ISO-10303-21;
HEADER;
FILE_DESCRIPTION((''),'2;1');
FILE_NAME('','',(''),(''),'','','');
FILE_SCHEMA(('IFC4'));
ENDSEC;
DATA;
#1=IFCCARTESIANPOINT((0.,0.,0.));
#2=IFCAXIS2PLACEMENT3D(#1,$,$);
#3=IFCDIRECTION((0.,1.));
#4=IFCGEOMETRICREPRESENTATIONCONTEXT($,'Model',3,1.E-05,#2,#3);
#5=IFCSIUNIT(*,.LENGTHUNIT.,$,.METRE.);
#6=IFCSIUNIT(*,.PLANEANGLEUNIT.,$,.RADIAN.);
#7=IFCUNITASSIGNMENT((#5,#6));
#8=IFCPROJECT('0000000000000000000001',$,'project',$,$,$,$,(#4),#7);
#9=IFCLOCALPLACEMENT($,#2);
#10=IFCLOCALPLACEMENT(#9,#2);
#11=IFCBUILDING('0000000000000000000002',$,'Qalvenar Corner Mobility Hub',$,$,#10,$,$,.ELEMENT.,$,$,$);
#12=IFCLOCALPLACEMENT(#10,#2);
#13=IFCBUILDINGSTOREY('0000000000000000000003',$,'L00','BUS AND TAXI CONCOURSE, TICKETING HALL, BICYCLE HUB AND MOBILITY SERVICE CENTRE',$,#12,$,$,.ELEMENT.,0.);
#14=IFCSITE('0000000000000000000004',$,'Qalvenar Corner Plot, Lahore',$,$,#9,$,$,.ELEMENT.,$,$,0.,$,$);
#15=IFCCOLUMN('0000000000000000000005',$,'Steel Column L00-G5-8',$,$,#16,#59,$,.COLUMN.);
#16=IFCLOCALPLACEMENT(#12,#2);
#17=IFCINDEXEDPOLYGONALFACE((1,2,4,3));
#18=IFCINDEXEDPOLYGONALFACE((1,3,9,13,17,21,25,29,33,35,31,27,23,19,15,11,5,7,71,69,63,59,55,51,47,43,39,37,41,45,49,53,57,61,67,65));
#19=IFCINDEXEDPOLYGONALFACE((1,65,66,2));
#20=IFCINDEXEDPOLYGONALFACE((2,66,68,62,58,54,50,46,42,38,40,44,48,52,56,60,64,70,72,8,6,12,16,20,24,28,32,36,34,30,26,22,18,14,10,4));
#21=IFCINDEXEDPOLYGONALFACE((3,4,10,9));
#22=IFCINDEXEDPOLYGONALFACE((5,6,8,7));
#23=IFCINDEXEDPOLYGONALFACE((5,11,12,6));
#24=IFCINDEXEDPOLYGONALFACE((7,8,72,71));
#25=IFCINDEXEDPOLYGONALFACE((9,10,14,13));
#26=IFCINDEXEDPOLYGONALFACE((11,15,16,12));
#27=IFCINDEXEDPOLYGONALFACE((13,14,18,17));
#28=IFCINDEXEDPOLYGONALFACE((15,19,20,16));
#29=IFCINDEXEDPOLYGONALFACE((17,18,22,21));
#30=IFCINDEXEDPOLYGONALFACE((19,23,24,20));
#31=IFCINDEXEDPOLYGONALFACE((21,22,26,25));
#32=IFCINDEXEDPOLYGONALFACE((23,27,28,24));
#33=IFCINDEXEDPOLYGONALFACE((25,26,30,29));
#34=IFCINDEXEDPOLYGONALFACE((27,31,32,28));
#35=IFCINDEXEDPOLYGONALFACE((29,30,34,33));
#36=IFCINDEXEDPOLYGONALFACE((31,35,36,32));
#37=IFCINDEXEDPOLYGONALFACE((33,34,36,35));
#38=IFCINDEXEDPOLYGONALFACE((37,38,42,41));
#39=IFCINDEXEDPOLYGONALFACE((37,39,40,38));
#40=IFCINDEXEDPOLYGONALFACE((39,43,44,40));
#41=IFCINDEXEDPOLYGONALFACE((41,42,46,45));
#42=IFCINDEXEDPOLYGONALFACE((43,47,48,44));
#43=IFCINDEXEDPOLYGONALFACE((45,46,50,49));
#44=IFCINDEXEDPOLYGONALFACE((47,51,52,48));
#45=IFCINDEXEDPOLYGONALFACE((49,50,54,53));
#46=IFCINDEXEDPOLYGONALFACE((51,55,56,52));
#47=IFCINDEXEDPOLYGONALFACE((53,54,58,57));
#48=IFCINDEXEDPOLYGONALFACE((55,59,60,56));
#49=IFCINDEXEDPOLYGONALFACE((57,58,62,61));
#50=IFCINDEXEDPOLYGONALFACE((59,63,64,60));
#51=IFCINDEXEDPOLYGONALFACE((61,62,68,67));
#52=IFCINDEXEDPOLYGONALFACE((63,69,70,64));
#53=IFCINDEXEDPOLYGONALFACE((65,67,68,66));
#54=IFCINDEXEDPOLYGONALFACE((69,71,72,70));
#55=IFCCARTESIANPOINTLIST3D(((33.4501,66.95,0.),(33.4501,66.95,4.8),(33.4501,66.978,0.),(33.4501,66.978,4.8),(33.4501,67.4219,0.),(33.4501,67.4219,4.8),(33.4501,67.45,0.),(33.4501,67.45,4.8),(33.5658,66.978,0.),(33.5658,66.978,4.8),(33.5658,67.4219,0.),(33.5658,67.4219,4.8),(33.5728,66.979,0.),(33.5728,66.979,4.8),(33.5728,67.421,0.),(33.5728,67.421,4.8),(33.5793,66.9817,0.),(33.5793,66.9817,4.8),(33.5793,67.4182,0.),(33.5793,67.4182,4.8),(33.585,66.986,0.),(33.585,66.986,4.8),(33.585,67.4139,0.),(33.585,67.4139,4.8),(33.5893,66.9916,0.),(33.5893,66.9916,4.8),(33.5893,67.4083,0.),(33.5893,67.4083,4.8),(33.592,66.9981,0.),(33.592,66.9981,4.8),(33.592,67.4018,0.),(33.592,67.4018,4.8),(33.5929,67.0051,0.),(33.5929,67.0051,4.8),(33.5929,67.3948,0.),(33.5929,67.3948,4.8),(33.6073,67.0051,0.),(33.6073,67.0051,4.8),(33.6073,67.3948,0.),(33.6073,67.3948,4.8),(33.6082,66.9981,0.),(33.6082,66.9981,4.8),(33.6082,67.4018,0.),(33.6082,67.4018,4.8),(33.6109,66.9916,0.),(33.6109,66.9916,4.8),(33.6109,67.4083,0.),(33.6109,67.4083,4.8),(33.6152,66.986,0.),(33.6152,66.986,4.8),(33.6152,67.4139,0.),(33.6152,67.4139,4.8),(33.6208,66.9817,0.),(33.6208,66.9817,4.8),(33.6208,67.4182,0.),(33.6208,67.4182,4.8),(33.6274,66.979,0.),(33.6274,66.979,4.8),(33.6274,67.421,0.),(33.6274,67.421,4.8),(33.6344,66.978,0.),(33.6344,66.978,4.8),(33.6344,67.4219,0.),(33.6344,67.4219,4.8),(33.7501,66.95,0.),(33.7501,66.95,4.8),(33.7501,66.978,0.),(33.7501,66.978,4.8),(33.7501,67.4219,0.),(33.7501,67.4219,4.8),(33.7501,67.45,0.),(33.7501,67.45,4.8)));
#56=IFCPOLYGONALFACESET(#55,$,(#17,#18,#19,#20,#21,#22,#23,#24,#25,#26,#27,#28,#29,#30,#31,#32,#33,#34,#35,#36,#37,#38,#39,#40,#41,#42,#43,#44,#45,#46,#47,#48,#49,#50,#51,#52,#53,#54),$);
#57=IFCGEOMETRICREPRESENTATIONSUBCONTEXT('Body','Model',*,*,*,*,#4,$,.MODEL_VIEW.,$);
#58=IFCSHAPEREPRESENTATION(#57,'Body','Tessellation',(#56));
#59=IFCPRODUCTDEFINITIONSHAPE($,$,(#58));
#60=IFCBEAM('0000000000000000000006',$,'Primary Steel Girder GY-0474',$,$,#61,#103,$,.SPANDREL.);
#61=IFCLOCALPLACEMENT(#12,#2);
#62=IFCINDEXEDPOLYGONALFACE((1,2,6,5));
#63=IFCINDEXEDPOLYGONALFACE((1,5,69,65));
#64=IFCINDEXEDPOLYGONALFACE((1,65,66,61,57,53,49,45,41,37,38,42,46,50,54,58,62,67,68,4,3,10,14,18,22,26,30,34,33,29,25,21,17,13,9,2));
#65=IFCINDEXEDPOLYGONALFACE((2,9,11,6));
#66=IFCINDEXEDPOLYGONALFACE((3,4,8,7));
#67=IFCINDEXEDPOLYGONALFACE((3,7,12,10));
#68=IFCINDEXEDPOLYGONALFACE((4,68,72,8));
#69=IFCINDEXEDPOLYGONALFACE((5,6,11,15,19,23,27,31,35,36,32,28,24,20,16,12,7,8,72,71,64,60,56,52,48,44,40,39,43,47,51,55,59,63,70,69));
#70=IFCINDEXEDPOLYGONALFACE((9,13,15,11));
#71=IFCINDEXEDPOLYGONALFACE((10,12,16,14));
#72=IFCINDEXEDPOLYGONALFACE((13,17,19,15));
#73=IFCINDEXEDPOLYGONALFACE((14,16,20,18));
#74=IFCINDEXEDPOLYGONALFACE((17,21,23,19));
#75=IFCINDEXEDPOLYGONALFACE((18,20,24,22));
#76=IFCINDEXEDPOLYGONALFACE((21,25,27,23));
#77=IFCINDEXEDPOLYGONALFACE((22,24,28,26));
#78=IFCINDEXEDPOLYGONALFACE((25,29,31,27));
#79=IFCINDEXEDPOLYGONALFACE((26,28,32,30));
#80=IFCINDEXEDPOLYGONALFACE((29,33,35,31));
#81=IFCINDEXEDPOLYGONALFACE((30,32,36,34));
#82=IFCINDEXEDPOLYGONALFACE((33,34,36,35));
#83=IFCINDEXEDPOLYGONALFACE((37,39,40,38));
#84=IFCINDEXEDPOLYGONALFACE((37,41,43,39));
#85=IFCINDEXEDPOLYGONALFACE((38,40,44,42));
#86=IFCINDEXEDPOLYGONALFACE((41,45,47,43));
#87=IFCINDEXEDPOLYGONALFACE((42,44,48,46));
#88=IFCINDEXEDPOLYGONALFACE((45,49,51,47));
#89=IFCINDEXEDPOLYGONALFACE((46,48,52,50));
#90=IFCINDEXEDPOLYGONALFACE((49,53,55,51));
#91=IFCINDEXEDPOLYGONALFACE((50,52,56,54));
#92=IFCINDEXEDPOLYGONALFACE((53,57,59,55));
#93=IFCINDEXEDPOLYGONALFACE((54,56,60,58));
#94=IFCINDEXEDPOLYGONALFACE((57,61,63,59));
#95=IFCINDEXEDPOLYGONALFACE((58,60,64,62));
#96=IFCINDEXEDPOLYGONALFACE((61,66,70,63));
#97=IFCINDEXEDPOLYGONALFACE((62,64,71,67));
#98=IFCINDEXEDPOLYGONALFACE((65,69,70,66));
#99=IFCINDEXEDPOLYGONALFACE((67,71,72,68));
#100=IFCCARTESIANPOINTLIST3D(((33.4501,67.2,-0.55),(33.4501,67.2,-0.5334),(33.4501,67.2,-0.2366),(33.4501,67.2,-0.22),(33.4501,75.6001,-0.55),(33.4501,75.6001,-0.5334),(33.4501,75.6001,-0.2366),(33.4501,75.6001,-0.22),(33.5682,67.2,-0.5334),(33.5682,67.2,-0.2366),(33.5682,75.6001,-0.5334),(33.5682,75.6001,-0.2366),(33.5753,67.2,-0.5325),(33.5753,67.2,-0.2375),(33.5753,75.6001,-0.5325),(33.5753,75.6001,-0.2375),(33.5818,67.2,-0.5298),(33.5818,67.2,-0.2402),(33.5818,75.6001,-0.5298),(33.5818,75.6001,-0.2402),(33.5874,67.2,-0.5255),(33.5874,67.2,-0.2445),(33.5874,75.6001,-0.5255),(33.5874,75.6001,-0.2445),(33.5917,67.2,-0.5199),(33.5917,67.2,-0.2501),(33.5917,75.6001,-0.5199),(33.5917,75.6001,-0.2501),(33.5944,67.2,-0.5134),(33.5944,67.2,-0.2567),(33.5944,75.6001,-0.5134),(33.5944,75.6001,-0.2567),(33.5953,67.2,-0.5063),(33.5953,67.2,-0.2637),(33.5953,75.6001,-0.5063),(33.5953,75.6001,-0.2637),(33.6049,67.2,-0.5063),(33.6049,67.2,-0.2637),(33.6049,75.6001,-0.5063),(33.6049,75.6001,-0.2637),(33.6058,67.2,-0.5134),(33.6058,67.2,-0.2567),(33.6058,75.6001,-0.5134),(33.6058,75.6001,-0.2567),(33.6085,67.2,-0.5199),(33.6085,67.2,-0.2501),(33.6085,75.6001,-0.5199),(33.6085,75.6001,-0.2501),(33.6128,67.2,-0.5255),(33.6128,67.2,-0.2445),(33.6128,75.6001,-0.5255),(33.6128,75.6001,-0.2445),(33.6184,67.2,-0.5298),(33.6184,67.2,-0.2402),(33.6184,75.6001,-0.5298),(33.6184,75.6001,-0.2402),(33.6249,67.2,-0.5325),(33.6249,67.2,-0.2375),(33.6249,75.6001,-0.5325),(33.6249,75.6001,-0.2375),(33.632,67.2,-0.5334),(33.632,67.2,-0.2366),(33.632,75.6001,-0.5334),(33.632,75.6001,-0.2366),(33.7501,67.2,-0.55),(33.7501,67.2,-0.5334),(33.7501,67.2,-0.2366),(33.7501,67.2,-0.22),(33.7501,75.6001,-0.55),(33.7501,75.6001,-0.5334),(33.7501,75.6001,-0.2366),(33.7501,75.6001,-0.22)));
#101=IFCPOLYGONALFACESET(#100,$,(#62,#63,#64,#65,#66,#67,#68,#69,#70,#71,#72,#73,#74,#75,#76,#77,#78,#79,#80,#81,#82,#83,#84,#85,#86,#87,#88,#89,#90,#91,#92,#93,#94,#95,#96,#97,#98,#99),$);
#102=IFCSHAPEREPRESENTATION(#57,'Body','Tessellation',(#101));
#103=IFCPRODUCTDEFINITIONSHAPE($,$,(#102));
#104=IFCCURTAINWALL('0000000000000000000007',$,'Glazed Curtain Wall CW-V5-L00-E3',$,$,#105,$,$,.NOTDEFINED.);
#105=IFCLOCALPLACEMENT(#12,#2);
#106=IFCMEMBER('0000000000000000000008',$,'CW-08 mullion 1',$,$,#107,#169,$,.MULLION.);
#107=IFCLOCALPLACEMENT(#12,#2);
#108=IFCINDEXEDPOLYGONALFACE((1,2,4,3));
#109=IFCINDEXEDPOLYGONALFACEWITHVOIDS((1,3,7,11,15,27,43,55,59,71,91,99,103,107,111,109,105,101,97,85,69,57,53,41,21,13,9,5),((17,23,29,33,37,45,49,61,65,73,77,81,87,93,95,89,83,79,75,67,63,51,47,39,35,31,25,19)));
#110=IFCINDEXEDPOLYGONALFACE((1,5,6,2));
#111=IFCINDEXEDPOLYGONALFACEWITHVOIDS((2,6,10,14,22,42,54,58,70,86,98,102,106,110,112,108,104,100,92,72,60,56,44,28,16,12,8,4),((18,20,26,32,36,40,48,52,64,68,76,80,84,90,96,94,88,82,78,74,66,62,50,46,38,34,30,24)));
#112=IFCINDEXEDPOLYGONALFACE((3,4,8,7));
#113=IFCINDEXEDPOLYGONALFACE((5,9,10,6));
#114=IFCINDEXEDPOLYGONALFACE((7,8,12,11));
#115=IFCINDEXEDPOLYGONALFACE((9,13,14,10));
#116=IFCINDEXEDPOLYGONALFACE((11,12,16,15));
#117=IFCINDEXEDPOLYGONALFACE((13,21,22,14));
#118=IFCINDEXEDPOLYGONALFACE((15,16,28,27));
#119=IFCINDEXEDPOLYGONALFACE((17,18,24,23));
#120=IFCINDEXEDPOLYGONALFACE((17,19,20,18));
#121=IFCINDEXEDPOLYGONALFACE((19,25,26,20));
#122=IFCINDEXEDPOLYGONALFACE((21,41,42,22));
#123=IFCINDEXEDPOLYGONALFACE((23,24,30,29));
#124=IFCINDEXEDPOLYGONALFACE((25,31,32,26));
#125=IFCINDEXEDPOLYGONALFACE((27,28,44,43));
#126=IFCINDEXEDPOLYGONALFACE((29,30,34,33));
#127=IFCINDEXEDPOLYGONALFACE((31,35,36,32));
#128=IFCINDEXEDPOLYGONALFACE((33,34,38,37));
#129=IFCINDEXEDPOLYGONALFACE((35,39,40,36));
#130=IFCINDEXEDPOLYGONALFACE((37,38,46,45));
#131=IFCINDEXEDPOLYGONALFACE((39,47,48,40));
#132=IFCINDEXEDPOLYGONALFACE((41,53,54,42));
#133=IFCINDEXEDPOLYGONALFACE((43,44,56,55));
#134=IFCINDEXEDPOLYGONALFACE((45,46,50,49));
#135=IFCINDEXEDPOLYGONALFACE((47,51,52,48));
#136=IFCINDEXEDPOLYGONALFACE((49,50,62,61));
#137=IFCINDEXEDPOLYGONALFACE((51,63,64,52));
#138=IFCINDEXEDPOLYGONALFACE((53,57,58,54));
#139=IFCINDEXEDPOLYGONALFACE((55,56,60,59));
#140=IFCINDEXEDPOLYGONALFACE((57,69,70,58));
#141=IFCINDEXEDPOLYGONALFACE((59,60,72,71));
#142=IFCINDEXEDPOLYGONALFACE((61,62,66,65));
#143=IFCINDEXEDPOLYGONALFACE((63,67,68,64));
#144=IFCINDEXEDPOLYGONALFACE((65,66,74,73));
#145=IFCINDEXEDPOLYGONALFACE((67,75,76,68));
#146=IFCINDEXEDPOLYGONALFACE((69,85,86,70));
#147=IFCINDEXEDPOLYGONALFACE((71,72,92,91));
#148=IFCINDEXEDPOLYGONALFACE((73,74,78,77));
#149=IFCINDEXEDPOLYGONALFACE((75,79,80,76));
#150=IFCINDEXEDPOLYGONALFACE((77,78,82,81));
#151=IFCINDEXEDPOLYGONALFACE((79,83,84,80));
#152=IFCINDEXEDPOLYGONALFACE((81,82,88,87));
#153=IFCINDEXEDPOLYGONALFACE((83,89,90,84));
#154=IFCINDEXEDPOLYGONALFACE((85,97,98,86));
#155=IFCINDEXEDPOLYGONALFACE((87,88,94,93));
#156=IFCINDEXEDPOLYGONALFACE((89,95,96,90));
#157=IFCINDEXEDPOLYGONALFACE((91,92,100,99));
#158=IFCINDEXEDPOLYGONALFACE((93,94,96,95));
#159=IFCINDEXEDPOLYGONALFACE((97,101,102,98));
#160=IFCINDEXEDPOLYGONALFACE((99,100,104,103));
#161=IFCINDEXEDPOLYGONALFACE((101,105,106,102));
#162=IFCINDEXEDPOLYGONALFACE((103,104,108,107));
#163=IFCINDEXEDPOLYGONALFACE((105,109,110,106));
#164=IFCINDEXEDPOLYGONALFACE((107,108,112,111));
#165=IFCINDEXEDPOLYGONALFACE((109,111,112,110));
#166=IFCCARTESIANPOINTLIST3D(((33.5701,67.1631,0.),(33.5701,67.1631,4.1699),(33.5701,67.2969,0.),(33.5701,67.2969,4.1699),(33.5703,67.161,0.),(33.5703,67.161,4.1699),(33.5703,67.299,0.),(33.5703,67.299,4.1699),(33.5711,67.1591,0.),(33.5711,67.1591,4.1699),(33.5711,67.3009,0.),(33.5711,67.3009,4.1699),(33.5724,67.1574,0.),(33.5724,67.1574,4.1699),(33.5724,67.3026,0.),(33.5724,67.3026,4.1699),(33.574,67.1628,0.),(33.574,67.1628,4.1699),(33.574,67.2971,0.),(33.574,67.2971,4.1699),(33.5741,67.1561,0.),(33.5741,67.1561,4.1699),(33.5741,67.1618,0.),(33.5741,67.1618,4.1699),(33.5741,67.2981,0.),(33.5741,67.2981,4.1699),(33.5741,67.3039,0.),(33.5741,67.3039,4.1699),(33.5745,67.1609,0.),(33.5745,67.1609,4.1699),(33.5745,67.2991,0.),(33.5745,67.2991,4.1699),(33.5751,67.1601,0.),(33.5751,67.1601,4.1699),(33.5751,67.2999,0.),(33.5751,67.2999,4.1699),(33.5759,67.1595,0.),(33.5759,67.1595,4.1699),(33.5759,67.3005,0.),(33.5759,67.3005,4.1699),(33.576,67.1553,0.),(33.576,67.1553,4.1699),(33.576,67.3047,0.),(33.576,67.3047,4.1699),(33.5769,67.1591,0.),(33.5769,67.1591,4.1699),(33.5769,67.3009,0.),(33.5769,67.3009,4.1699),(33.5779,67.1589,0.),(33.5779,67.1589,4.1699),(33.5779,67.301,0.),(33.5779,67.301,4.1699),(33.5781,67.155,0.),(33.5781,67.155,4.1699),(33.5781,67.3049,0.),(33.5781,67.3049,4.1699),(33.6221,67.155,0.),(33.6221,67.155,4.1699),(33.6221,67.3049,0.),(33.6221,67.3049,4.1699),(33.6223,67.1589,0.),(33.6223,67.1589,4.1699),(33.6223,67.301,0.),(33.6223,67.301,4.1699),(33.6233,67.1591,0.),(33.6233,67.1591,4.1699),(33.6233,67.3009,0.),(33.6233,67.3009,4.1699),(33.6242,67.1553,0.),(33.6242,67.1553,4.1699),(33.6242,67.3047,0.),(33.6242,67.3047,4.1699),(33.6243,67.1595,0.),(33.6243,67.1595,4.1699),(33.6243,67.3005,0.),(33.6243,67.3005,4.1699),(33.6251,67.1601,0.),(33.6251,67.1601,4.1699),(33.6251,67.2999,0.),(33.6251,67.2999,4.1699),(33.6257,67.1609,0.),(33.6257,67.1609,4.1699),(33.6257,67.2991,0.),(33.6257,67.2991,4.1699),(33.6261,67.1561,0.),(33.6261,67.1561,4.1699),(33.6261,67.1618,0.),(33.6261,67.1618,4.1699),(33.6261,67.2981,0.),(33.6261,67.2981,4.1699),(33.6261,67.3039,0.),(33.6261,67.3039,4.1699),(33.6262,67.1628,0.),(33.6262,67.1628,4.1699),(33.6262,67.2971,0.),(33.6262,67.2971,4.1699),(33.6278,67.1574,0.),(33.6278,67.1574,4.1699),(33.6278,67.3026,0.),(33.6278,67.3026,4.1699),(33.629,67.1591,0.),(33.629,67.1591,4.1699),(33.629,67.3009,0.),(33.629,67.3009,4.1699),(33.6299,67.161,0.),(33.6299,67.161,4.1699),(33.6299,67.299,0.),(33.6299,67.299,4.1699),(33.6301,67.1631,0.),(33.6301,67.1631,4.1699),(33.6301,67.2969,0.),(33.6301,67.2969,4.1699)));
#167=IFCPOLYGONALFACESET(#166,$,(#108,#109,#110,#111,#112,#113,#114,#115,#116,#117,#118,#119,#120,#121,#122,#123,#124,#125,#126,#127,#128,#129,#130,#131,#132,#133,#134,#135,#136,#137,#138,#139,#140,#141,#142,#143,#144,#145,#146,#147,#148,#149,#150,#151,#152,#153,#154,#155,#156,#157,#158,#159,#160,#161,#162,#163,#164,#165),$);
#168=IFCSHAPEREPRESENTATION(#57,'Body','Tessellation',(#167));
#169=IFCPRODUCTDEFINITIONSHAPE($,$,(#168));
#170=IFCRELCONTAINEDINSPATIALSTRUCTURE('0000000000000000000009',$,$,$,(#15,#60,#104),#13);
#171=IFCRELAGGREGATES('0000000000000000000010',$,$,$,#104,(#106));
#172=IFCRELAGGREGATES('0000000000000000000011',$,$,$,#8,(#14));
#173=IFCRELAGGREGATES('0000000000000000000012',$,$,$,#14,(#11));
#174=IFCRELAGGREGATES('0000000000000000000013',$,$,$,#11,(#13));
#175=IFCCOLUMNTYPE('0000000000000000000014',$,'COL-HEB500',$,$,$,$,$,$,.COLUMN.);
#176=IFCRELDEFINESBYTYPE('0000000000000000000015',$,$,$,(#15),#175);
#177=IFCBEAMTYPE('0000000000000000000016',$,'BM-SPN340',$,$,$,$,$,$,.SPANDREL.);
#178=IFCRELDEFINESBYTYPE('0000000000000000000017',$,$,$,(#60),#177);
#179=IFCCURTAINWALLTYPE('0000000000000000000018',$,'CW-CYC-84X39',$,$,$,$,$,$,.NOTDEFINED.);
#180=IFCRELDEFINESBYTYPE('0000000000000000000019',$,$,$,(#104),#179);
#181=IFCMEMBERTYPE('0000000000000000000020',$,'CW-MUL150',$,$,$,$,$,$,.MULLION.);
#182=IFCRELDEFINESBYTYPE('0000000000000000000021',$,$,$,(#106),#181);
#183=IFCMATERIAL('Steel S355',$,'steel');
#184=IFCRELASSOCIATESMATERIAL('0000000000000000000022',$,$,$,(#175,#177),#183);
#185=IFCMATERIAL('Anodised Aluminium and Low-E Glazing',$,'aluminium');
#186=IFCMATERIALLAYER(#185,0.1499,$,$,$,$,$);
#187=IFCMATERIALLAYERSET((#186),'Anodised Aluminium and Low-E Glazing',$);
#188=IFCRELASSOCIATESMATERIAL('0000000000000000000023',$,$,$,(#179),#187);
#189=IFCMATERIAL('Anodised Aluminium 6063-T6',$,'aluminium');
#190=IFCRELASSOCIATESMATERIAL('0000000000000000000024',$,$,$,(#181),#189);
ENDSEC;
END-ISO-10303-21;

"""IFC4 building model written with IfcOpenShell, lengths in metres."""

from ifc_helpers import new_model, si_unit, direction, frame, origin, origin_2d, place, context, subcontext, project, spatial, hollow_rectangle, i_section, extrude, material, layer, layer_set, material_profile, profile_set, type_object, element, aggregate, save


model = new_model("IFC4")

# Units and contexts
model_context = context("Model", 3, precision=1e-05, world=origin(), true_north=direction((0.0, 1.0)))
body_context = subcontext(model_context, "Body", "Model", "MODEL_VIEW")
ifc_project = project(units=[si_unit("LENGTHUNIT", "METRE"), si_unit("PLANEANGLEUNIT", "RADIAN")], contexts=[model_context])

# Site, building, storey
site_placement = place(None, origin())
site = spatial("IfcSite", under=ifc_project, at=site_placement, Name="Qalvenar Corner Plot, Lahore", CompositionType="ELEMENT", RefElevation=0.0)
building_placement = place(site_placement, origin())
building = spatial("IfcBuilding", under=site, at=building_placement, Name="Qalvenar Corner Mobility Hub", CompositionType="ELEMENT")
storey_placement = place(building_placement, origin())
storey = spatial("IfcBuildingStorey", under=building, at=storey_placement, Name="L00", Description="BUS AND TAXI CONCOURSE, TICKETING HALL, BICYCLE HUB AND MOBILITY SERVICE CENTRE", CompositionType="ELEMENT", Elevation=0.0)

# Column
ifc_material_1 = material(Name="Steel S355", Category="steel")
ifc_material_profile_1 = material_profile(ifc_material_1, i_section(OverallWidth=0.3, OverallDepth=0.5, WebThickness=0.0144, FlangeThickness=0.0281, FilletRadius=0.0271, at=origin_2d()), Name="HEB500")
ifc_profile_set_1 = profile_set([ifc_material_profile_1], Name="Steel S355")
column_type = type_object("IfcColumnType", Name="COL-HEB500", PredefinedType="COLUMN", material=ifc_profile_set_1)
column_placement = place(storey_placement, frame((33.6001, 67.2, 0.0), z_axis=(0.0, 0.0, 1.0), x_axis=(1.0, 0.0, 0.0)))
element("IfcColumn", 1, at=column_placement, inside=storey, type_object=column_type, Name="Steel Column L00-G5-8", PredefinedType="COLUMN", context=body_context, shape_type="SweptSolid", body=[
    extrude(i_section(OverallWidth=0.3, OverallDepth=0.5, WebThickness=0.0144, FlangeThickness=0.0281, FilletRadius=0.0271, at=origin_2d()), origin(), (0.0, 0.0, 1.0), 4.8),
])

# Beam
ifc_material_profile_2 = material_profile(ifc_material_1, i_section(OverallWidth=0.3, OverallDepth=0.3301, WebThickness=0.0095, FlangeThickness=0.0166, FilletRadius=0.0271, at=origin_2d()), Name="HEA340")
ifc_profile_set_2 = profile_set([ifc_material_profile_2], Name="Steel S355")
beam_type = type_object("IfcBeamType", Name="BM-SPN340", PredefinedType="SPANDREL", material=ifc_profile_set_2)
beam_placement = place(storey_placement, frame((33.6001, 67.2, -0.385), z_axis=(0.0, 1.0, 0.0), x_axis=(-1.0, 0.0, 0.0)))
element("IfcBeam", 2, at=beam_placement, inside=storey, type_object=beam_type, Name="Primary Steel Girder GY-0474", PredefinedType="SPANDREL", context=body_context, shape_type="SweptSolid", body=[
    extrude(i_section(OverallWidth=0.3, OverallDepth=0.3301, WebThickness=0.0095, FlangeThickness=0.0166, FilletRadius=0.0271, at=origin_2d()), origin(), (0.0, 0.0, 1.0), 8.4001),
])

# Curtain wall, member
ifc_material_2 = material(Name="Anodised Aluminium and Low-E Glazing", Category="aluminium")
ifc_layer_1 = layer(ifc_material_2, 0.1499)
ifc_layer_set_1 = layer_set([ifc_layer_1], Name="Anodised Aluminium and Low-E Glazing")
curtain_wall_type = type_object("IfcCurtainWallType", Name="CW-CYC-84X39", PredefinedType="NOTDEFINED", material=ifc_layer_set_1)
curtain_wall_placement = place(storey_placement, origin())
curtain_wall = element("IfcCurtainWall", 3, at=curtain_wall_placement, inside=storey, type_object=curtain_wall_type, Name="Glazed Curtain Wall CW-V5-L00-E3", PredefinedType="NOTDEFINED")
ifc_material_3 = material(Name="Anodised Aluminium 6063-T6", Category="aluminium")
ifc_material_profile_3 = material_profile(ifc_material_3, hollow_rectangle(XDim=0.0601, YDim=0.1499, WallThickness=0.0039, InnerFilletRadius=0.0039, OuterFilletRadius=0.0081, at=origin_2d()), Name="RHS150x60x4")
ifc_profile_set_3 = profile_set([ifc_material_profile_3], Name="Anodised Aluminium 6063-T6")
member_type_1 = type_object("IfcMemberType", Name="CW-MUL150", PredefinedType="MULLION", material=ifc_profile_set_3)
member_1_placement = place(storey_placement, frame((33.6001, 67.23, 0.0), z_axis=(0.0, 0.0, 1.0), x_axis=(-1.0, 0.0, 0.0)))
member_1 = element("IfcMember", 4, at=member_1_placement, type_object=member_type_1, Name="CW-08 mullion 1", PredefinedType="MULLION", context=body_context, shape_type="SweptSolid", body=[
    extrude(hollow_rectangle(XDim=0.0601, YDim=0.1499, WallThickness=0.0039, InnerFilletRadius=0.0039, OuterFilletRadius=0.0081, at=origin_2d()), origin(), (0.0, 0.0, 1.0), 4.1699),
])
aggregate(curtain_wall, [member_1])

save(model, "model.ifc")
